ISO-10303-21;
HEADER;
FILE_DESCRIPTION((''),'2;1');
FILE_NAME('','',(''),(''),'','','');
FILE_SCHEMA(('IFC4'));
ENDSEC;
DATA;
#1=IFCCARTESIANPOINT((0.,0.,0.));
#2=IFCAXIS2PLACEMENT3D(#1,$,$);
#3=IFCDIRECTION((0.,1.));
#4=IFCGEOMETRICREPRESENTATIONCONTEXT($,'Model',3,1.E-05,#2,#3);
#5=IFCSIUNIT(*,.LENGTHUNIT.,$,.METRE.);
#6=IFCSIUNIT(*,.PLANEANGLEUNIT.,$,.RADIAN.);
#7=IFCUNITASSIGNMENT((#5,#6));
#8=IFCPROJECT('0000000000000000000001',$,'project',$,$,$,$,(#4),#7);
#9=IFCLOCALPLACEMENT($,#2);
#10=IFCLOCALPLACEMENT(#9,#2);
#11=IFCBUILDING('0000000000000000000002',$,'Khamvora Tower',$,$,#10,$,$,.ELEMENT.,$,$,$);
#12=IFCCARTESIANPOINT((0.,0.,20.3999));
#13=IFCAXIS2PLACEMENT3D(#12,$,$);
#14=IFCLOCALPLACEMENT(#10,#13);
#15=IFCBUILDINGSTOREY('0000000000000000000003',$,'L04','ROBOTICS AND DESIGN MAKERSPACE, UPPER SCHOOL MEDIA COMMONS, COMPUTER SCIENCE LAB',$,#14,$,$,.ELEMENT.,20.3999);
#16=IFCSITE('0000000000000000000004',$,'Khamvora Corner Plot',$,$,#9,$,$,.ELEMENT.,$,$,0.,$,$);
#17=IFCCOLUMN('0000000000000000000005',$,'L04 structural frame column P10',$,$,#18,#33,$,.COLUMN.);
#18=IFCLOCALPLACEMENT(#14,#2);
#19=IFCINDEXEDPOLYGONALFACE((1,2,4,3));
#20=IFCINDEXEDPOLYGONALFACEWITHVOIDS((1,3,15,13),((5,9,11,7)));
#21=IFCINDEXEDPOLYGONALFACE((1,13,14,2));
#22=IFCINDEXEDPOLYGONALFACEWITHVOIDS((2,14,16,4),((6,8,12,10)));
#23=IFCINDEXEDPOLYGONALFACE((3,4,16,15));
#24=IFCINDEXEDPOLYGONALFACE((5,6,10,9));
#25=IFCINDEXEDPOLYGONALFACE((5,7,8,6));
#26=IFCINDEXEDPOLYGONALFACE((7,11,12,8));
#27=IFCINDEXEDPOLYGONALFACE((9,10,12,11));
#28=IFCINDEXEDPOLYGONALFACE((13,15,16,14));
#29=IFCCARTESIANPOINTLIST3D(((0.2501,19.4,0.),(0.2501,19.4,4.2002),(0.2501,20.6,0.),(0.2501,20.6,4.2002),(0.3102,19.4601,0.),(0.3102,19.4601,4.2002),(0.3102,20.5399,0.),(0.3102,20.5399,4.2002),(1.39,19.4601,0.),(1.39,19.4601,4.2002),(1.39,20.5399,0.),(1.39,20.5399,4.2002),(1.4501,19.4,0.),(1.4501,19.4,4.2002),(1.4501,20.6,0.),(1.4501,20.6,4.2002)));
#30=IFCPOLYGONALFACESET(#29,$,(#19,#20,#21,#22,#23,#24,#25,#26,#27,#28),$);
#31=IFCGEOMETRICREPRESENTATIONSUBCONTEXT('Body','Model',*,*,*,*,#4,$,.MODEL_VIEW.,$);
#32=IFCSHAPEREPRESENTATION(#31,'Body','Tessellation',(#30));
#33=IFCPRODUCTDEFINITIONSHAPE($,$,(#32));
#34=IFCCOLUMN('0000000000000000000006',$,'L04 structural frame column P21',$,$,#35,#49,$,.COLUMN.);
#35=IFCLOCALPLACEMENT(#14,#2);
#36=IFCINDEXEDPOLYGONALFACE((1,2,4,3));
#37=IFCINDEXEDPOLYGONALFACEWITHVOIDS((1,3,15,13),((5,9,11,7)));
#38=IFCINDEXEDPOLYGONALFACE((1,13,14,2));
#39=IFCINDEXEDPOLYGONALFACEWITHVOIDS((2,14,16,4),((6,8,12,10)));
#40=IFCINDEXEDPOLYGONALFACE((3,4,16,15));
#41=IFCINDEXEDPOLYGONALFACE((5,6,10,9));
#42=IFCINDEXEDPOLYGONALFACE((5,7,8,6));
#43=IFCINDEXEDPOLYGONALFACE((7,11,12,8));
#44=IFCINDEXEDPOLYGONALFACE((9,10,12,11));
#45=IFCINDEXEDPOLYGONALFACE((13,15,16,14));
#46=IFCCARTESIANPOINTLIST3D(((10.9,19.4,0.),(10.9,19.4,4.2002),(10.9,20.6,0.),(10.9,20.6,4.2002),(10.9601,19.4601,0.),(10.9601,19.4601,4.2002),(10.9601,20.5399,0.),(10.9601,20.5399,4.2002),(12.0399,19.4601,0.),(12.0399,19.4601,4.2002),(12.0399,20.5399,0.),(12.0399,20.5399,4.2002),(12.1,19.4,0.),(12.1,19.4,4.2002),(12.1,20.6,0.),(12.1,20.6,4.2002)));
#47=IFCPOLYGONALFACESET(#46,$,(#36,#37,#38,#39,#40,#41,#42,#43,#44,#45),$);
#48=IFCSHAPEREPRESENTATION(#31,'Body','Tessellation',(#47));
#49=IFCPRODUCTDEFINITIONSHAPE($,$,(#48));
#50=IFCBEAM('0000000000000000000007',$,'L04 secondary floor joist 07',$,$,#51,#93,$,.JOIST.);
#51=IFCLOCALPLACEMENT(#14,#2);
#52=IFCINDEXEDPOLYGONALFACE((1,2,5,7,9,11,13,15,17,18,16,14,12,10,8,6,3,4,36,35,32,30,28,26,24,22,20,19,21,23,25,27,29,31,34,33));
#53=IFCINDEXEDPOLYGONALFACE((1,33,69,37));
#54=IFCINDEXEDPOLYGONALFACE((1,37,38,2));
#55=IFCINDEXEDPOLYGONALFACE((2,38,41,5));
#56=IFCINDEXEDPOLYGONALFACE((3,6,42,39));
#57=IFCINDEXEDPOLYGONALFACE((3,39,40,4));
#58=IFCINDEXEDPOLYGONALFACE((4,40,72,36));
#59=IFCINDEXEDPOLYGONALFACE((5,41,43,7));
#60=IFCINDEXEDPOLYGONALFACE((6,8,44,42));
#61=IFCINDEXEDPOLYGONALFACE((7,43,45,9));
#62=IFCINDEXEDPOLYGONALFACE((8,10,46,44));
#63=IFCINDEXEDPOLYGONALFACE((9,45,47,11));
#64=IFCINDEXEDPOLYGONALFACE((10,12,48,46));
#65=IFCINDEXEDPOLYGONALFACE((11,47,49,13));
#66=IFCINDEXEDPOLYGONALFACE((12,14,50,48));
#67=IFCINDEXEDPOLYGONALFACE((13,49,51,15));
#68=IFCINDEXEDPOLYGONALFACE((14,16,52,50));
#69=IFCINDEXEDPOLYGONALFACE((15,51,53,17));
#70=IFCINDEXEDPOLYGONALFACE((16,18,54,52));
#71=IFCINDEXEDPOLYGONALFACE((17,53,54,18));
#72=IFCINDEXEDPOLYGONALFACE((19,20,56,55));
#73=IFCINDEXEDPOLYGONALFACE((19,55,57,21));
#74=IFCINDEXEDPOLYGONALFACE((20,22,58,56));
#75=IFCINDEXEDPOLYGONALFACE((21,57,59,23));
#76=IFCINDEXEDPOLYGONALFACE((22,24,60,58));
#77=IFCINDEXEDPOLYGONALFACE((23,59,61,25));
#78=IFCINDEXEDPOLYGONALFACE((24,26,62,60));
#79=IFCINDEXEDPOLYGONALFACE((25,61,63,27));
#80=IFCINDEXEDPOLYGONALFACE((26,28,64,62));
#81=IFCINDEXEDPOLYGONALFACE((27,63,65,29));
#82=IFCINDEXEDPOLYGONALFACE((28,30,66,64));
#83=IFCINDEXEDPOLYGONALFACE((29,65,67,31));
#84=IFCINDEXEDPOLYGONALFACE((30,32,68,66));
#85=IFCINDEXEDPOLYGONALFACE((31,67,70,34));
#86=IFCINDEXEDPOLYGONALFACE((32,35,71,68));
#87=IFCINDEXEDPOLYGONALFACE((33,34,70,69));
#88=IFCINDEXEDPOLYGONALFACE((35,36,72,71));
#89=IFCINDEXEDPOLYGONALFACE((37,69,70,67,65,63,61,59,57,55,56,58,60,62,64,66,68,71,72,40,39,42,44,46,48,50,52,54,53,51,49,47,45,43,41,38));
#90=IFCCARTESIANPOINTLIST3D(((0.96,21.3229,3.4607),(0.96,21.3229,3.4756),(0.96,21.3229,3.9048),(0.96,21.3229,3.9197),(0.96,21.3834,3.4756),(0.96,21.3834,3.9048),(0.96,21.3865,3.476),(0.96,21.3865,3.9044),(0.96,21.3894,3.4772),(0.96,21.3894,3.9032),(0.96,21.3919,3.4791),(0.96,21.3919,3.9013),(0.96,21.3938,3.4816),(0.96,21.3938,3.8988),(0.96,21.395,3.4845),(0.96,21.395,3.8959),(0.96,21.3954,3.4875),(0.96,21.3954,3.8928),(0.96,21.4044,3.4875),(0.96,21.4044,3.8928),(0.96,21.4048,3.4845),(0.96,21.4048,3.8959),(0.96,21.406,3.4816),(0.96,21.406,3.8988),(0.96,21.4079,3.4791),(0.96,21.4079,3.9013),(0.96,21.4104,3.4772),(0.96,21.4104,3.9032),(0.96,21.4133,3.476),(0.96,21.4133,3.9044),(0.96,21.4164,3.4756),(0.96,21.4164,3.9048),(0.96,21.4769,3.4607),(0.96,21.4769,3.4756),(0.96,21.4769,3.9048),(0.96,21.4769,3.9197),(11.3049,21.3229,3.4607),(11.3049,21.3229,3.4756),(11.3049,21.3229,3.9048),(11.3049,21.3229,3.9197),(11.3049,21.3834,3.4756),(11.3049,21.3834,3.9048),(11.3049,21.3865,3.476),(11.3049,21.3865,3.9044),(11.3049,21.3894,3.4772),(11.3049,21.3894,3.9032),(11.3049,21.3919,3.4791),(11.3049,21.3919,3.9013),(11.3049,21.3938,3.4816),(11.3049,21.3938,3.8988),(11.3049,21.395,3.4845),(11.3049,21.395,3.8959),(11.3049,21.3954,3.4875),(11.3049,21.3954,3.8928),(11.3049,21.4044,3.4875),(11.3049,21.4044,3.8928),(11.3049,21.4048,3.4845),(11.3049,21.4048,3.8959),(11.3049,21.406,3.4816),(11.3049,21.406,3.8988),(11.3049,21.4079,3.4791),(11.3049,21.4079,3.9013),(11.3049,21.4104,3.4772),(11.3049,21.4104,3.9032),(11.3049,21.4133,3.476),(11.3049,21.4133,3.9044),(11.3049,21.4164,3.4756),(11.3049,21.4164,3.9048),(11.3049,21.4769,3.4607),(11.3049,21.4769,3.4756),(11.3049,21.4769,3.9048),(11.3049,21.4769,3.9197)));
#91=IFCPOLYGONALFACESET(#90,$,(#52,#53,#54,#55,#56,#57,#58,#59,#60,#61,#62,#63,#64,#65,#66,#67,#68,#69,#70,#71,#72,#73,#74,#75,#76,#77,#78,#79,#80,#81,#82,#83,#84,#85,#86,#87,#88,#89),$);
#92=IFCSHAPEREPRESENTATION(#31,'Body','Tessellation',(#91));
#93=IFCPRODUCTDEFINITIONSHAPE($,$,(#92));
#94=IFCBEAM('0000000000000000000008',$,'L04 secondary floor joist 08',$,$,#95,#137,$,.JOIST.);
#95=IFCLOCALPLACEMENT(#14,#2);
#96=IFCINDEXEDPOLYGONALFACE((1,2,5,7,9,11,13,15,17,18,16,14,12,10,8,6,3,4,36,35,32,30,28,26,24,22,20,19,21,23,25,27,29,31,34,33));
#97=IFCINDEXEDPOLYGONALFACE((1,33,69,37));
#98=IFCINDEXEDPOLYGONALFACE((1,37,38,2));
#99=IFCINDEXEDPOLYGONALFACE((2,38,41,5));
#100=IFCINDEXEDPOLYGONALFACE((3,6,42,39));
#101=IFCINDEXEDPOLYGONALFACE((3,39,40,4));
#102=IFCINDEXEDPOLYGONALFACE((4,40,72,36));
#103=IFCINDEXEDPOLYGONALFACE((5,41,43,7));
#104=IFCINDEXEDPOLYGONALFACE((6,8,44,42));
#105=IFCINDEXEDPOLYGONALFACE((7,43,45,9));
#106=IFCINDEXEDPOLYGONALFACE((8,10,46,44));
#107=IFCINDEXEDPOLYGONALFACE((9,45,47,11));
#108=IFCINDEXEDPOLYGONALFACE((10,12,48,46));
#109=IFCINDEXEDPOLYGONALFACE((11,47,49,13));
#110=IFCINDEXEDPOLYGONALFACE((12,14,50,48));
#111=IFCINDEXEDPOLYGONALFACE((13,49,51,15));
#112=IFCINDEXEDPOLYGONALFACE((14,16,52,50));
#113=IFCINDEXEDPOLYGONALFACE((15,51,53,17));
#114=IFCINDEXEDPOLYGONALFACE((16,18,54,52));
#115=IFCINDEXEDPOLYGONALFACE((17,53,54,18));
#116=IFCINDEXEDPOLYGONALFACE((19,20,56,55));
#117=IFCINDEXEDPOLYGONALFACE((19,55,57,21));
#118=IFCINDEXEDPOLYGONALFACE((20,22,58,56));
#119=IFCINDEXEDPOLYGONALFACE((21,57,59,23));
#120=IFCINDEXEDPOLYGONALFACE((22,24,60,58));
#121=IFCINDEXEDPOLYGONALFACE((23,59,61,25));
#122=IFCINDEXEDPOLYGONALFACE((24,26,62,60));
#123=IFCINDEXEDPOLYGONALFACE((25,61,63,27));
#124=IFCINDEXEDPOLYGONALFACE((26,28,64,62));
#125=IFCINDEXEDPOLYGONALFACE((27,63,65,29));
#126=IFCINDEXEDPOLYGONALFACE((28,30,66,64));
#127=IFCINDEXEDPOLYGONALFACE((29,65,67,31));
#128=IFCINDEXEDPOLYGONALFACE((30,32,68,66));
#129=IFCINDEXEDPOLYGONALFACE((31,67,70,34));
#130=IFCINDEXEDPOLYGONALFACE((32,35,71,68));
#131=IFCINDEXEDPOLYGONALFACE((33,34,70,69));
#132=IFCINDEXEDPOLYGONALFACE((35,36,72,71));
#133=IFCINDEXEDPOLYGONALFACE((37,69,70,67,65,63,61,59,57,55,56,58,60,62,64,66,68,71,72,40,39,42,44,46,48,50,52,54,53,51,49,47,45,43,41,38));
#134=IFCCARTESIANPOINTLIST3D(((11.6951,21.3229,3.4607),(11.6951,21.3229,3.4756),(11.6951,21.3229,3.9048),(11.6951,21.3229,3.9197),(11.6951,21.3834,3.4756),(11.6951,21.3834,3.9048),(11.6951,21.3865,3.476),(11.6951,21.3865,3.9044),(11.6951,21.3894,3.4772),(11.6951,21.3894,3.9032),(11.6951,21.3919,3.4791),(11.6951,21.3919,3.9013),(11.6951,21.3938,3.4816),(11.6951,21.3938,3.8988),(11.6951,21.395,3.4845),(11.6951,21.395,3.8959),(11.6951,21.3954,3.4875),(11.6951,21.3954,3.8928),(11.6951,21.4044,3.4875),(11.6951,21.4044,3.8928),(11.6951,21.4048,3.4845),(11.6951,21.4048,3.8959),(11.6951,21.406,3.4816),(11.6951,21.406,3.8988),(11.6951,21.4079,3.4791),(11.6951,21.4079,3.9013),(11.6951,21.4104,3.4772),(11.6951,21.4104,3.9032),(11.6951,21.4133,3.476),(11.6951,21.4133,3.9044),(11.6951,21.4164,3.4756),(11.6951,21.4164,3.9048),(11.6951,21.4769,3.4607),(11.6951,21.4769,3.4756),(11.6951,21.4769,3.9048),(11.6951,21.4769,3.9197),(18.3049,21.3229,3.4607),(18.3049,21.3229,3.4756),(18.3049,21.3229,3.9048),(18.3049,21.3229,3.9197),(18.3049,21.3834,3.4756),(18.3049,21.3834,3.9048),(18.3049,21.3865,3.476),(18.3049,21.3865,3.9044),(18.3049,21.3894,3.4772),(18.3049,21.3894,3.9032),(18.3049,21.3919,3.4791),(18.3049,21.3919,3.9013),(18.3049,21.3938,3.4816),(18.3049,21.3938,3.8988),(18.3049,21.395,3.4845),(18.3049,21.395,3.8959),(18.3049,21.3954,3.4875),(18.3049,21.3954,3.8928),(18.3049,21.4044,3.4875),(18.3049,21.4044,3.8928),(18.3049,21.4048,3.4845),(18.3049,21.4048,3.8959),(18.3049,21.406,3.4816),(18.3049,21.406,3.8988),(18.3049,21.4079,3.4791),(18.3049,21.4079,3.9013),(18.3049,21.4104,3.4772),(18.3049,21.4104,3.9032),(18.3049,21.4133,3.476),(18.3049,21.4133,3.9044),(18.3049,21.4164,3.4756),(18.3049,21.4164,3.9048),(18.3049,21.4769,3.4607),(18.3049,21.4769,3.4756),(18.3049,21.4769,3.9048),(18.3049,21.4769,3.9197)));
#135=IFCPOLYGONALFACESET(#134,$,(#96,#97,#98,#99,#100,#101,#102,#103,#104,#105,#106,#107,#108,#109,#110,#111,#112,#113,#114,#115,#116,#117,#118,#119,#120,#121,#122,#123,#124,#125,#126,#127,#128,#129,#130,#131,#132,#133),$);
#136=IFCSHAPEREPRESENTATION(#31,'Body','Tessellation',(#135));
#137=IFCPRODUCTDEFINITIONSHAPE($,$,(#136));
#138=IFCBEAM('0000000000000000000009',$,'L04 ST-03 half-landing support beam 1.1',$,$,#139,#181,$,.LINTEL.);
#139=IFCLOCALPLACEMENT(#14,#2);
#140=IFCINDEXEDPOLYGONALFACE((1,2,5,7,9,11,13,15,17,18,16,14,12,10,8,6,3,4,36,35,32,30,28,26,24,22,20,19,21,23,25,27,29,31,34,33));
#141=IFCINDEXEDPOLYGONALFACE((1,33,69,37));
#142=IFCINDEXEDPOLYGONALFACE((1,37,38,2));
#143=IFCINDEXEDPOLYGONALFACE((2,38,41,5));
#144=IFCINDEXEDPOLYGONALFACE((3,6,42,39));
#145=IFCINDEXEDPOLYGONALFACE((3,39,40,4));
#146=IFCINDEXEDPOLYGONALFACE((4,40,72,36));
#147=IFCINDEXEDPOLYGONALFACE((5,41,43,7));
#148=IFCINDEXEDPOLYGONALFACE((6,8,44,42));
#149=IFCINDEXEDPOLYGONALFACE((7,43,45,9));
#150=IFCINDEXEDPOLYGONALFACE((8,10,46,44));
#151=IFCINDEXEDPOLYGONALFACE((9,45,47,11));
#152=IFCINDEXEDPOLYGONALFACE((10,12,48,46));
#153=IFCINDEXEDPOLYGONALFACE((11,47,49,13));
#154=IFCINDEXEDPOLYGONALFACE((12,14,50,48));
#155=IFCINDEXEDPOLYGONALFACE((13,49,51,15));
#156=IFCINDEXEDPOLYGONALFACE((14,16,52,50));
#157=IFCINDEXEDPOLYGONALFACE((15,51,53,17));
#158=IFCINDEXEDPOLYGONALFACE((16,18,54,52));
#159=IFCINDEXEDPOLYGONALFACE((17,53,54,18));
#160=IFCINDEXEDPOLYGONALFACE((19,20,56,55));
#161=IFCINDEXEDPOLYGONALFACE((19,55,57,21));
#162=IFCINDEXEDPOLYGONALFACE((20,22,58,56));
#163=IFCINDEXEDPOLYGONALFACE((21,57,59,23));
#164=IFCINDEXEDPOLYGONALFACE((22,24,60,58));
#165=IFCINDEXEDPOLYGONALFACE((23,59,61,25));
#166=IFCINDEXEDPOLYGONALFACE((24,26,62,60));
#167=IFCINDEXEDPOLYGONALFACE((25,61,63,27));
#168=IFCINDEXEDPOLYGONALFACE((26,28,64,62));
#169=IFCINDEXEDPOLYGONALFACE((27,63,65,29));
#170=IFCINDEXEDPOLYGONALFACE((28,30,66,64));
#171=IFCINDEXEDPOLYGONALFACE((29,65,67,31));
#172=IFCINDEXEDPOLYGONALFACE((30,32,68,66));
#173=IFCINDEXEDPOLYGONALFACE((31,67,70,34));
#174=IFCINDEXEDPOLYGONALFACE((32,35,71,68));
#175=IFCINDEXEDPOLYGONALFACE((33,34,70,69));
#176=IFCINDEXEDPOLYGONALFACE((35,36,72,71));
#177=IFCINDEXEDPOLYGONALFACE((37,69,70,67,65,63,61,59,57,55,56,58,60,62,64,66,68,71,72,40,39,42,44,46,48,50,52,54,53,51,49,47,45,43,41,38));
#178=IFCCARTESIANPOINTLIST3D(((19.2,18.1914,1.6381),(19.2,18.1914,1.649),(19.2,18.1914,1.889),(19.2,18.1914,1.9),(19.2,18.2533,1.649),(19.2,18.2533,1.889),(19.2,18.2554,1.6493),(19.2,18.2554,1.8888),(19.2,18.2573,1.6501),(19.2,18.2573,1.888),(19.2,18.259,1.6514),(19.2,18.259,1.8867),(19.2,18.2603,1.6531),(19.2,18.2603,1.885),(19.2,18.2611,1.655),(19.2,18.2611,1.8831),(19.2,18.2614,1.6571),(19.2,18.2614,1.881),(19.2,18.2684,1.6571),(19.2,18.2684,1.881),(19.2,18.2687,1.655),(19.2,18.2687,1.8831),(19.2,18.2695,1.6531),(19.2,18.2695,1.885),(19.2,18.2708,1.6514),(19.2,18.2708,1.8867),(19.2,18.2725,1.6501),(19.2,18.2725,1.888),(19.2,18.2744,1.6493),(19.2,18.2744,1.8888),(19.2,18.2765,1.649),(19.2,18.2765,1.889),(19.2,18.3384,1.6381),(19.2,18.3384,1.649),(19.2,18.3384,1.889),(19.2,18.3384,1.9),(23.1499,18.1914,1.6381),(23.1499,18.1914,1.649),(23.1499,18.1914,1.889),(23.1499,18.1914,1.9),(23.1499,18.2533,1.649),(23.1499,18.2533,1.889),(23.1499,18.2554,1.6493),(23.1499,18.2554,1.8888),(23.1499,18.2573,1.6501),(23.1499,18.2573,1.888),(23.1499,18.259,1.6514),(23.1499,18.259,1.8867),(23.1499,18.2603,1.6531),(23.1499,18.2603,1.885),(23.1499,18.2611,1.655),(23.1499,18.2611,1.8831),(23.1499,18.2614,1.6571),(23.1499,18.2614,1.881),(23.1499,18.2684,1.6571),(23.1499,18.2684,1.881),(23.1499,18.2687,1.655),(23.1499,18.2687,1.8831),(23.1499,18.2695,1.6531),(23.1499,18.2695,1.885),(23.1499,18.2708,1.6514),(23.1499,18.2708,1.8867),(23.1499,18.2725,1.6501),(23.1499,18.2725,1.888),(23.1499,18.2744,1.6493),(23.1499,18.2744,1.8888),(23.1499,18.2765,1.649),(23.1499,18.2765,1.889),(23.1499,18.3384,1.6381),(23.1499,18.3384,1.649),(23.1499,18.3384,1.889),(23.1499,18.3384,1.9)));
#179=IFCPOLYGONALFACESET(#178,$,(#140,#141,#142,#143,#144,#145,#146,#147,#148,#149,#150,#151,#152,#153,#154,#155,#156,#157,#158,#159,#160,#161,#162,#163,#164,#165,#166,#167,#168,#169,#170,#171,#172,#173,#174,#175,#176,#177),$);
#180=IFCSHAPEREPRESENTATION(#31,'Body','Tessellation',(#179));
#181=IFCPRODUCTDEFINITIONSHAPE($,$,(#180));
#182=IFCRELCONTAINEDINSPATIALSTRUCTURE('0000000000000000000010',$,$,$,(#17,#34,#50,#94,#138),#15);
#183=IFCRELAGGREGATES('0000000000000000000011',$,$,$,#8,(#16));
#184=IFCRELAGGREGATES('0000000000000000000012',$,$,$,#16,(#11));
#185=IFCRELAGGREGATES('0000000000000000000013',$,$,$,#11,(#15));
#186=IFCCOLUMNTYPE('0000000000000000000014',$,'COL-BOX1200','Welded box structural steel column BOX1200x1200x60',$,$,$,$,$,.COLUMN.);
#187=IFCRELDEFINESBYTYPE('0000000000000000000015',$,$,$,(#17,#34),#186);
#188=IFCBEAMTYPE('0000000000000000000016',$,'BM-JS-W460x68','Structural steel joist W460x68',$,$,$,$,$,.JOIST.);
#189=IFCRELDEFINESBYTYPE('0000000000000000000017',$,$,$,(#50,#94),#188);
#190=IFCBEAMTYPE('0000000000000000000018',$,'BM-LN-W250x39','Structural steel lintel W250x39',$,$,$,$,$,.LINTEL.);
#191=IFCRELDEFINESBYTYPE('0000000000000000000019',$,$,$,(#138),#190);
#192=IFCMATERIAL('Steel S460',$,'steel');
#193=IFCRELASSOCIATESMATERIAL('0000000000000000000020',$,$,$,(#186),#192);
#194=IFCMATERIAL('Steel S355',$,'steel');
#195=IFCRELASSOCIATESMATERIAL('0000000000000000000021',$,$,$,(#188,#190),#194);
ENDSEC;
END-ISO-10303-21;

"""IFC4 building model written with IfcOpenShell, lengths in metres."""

from ifc_helpers import new_model, si_unit, direction, frame, origin, origin_2d, place, context, subcontext, project, spatial, hollow_rectangle, i_section, extrude, material, material_profile, profile_set, type_object, element, save


model = new_model("IFC4")

# Units and contexts
model_context = context("Model", 3, precision=1e-05, world=origin(), true_north=direction((0.0, 1.0)))
body_context = subcontext(model_context, "Body", "Model", "MODEL_VIEW")
ifc_project = project(units=[si_unit("LENGTHUNIT", "METRE"), si_unit("PLANEANGLEUNIT", "RADIAN")], contexts=[model_context])

# Site, building, storey
site_placement = place(None, origin())
site = spatial("IfcSite", under=ifc_project, at=site_placement, Name="Khamvora Corner Plot", CompositionType="ELEMENT", RefElevation=0.0)
building_placement = place(site_placement, origin())
building = spatial("IfcBuilding", under=site, at=building_placement, Name="Khamvora Tower", CompositionType="ELEMENT")
storey_placement = place(building_placement, frame((0.0, 0.0, 20.3999)))
storey = spatial("IfcBuildingStorey", under=building, at=storey_placement, Name="L04", Description="ROBOTICS AND DESIGN MAKERSPACE, UPPER SCHOOL MEDIA COMMONS, COMPUTER SCIENCE LAB", CompositionType="ELEMENT", Elevation=20.3999)

# Columns
ifc_material_1 = material(Name="Steel S460", Category="steel")
ifc_material_profile_1 = material_profile(ifc_material_1, hollow_rectangle(XDim=1.2, YDim=1.2, WallThickness=0.0601, at=origin_2d()), Name="BOX1200x1200x60")
ifc_profile_set_1 = profile_set([ifc_material_profile_1], Name="Steel S460")
column_type = type_object("IfcColumnType", Name="COL-BOX1200", Description="Welded box structural steel column BOX1200x1200x60", PredefinedType="COLUMN", material=ifc_profile_set_1)
for number, where, z_axis, x_axis, name in (
    (1, (0.8501, 20.0, 0.0), (0.0, 0.0, 1.0), (1.0, 0.0, 0.0), "L04 structural frame column P10"),
    (2, (11.5, 20.0, 0.0), (0.0, 0.0, 1.0), (1.0, 0.0, 0.0), "L04 structural frame column P21"),
):
    element("IfcColumn", number, at=place(storey_placement, frame(where, z_axis=z_axis, x_axis=x_axis)), inside=storey, type_object=column_type, Name=name, PredefinedType="COLUMN", context=body_context, shape_type="SweptSolid", body=[
        extrude(hollow_rectangle(XDim=1.2, YDim=1.2, WallThickness=0.0601, at=origin_2d()), origin(), (0.0, 0.0, 1.0), 4.2002),
    ])

# Beams
ifc_material_2 = material(Name="Steel S355", Category="steel")
ifc_material_profile_2 = material_profile(ifc_material_2, i_section(OverallWidth=0.1541, OverallDepth=0.459, WebThickness=0.009, FlangeThickness=0.0149, FilletRadius=0.012, at=origin_2d()), Name="W460x68")
ifc_profile_set_2 = profile_set([ifc_material_profile_2], Name="Steel S355")
beam_type_1 = type_object("IfcBeamType", Name="BM-JS-W460x68", Description="Structural steel joist W460x68", PredefinedType="JOIST", material=ifc_profile_set_2)
beam_1_placement = place(storey_placement, frame((0.96, 21.3999, 3.6902), z_axis=(1.0, 0.0, 0.0), x_axis=(0.0, 1.0, 0.0)))
element("IfcBeam", 3, at=beam_1_placement, inside=storey, type_object=beam_type_1, Name="L04 secondary floor joist 07", PredefinedType="JOIST", context=body_context, shape_type="SweptSolid", body=[
    extrude(i_section(OverallWidth=0.1541, OverallDepth=0.459, WebThickness=0.009, FlangeThickness=0.0149, FilletRadius=0.012, at=origin_2d()), origin(), (0.0, 0.0, 1.0), 10.345),
])
beam_2_placement = place(storey_placement, frame((11.6951, 21.3999, 3.6902), z_axis=(1.0, 0.0, 0.0), x_axis=(0.0, 1.0, 0.0)))
element("IfcBeam", 4, at=beam_2_placement, inside=storey, type_object=beam_type_1, Name="L04 secondary floor joist 08", PredefinedType="JOIST", context=body_context, shape_type="SweptSolid", body=[
    extrude(i_section(OverallWidth=0.1541, OverallDepth=0.459, WebThickness=0.009, FlangeThickness=0.0149, FilletRadius=0.012, at=origin_2d()), origin(), (0.0, 0.0, 1.0), 6.6099),
])
ifc_material_profile_3 = material_profile(ifc_material_2, i_section(OverallWidth=0.147, OverallDepth=0.262, WebThickness=0.0071, FlangeThickness=0.011, FilletRadius=0.0081, at=origin_2d()), Name="W250x39")
ifc_profile_set_3 = profile_set([ifc_material_profile_3], Name="Steel S355")
beam_type_2 = type_object("IfcBeamType", Name="BM-LN-W250x39", Description="Structural steel lintel W250x39", PredefinedType="LINTEL", material=ifc_profile_set_3)
for number, where, z_axis, x_axis, name in (
    (5, (19.2, 18.2649, 1.769), (1.0, 0.0, 0.0), (0.0, 1.0, 0.0), "L04 ST-03 half-landing support beam 1.1"),
):
    element("IfcBeam", number, at=place(storey_placement, frame(where, z_axis=z_axis, x_axis=x_axis)), inside=storey, type_object=beam_type_2, Name=name, PredefinedType="LINTEL", context=body_context, shape_type="SweptSolid", body=[
        extrude(i_section(OverallWidth=0.147, OverallDepth=0.262, WebThickness=0.0071, FlangeThickness=0.011, FilletRadius=0.0081, at=origin_2d()), origin(), (0.0, 0.0, 1.0), 3.95),
    ])

save(model, "model.ifc")
